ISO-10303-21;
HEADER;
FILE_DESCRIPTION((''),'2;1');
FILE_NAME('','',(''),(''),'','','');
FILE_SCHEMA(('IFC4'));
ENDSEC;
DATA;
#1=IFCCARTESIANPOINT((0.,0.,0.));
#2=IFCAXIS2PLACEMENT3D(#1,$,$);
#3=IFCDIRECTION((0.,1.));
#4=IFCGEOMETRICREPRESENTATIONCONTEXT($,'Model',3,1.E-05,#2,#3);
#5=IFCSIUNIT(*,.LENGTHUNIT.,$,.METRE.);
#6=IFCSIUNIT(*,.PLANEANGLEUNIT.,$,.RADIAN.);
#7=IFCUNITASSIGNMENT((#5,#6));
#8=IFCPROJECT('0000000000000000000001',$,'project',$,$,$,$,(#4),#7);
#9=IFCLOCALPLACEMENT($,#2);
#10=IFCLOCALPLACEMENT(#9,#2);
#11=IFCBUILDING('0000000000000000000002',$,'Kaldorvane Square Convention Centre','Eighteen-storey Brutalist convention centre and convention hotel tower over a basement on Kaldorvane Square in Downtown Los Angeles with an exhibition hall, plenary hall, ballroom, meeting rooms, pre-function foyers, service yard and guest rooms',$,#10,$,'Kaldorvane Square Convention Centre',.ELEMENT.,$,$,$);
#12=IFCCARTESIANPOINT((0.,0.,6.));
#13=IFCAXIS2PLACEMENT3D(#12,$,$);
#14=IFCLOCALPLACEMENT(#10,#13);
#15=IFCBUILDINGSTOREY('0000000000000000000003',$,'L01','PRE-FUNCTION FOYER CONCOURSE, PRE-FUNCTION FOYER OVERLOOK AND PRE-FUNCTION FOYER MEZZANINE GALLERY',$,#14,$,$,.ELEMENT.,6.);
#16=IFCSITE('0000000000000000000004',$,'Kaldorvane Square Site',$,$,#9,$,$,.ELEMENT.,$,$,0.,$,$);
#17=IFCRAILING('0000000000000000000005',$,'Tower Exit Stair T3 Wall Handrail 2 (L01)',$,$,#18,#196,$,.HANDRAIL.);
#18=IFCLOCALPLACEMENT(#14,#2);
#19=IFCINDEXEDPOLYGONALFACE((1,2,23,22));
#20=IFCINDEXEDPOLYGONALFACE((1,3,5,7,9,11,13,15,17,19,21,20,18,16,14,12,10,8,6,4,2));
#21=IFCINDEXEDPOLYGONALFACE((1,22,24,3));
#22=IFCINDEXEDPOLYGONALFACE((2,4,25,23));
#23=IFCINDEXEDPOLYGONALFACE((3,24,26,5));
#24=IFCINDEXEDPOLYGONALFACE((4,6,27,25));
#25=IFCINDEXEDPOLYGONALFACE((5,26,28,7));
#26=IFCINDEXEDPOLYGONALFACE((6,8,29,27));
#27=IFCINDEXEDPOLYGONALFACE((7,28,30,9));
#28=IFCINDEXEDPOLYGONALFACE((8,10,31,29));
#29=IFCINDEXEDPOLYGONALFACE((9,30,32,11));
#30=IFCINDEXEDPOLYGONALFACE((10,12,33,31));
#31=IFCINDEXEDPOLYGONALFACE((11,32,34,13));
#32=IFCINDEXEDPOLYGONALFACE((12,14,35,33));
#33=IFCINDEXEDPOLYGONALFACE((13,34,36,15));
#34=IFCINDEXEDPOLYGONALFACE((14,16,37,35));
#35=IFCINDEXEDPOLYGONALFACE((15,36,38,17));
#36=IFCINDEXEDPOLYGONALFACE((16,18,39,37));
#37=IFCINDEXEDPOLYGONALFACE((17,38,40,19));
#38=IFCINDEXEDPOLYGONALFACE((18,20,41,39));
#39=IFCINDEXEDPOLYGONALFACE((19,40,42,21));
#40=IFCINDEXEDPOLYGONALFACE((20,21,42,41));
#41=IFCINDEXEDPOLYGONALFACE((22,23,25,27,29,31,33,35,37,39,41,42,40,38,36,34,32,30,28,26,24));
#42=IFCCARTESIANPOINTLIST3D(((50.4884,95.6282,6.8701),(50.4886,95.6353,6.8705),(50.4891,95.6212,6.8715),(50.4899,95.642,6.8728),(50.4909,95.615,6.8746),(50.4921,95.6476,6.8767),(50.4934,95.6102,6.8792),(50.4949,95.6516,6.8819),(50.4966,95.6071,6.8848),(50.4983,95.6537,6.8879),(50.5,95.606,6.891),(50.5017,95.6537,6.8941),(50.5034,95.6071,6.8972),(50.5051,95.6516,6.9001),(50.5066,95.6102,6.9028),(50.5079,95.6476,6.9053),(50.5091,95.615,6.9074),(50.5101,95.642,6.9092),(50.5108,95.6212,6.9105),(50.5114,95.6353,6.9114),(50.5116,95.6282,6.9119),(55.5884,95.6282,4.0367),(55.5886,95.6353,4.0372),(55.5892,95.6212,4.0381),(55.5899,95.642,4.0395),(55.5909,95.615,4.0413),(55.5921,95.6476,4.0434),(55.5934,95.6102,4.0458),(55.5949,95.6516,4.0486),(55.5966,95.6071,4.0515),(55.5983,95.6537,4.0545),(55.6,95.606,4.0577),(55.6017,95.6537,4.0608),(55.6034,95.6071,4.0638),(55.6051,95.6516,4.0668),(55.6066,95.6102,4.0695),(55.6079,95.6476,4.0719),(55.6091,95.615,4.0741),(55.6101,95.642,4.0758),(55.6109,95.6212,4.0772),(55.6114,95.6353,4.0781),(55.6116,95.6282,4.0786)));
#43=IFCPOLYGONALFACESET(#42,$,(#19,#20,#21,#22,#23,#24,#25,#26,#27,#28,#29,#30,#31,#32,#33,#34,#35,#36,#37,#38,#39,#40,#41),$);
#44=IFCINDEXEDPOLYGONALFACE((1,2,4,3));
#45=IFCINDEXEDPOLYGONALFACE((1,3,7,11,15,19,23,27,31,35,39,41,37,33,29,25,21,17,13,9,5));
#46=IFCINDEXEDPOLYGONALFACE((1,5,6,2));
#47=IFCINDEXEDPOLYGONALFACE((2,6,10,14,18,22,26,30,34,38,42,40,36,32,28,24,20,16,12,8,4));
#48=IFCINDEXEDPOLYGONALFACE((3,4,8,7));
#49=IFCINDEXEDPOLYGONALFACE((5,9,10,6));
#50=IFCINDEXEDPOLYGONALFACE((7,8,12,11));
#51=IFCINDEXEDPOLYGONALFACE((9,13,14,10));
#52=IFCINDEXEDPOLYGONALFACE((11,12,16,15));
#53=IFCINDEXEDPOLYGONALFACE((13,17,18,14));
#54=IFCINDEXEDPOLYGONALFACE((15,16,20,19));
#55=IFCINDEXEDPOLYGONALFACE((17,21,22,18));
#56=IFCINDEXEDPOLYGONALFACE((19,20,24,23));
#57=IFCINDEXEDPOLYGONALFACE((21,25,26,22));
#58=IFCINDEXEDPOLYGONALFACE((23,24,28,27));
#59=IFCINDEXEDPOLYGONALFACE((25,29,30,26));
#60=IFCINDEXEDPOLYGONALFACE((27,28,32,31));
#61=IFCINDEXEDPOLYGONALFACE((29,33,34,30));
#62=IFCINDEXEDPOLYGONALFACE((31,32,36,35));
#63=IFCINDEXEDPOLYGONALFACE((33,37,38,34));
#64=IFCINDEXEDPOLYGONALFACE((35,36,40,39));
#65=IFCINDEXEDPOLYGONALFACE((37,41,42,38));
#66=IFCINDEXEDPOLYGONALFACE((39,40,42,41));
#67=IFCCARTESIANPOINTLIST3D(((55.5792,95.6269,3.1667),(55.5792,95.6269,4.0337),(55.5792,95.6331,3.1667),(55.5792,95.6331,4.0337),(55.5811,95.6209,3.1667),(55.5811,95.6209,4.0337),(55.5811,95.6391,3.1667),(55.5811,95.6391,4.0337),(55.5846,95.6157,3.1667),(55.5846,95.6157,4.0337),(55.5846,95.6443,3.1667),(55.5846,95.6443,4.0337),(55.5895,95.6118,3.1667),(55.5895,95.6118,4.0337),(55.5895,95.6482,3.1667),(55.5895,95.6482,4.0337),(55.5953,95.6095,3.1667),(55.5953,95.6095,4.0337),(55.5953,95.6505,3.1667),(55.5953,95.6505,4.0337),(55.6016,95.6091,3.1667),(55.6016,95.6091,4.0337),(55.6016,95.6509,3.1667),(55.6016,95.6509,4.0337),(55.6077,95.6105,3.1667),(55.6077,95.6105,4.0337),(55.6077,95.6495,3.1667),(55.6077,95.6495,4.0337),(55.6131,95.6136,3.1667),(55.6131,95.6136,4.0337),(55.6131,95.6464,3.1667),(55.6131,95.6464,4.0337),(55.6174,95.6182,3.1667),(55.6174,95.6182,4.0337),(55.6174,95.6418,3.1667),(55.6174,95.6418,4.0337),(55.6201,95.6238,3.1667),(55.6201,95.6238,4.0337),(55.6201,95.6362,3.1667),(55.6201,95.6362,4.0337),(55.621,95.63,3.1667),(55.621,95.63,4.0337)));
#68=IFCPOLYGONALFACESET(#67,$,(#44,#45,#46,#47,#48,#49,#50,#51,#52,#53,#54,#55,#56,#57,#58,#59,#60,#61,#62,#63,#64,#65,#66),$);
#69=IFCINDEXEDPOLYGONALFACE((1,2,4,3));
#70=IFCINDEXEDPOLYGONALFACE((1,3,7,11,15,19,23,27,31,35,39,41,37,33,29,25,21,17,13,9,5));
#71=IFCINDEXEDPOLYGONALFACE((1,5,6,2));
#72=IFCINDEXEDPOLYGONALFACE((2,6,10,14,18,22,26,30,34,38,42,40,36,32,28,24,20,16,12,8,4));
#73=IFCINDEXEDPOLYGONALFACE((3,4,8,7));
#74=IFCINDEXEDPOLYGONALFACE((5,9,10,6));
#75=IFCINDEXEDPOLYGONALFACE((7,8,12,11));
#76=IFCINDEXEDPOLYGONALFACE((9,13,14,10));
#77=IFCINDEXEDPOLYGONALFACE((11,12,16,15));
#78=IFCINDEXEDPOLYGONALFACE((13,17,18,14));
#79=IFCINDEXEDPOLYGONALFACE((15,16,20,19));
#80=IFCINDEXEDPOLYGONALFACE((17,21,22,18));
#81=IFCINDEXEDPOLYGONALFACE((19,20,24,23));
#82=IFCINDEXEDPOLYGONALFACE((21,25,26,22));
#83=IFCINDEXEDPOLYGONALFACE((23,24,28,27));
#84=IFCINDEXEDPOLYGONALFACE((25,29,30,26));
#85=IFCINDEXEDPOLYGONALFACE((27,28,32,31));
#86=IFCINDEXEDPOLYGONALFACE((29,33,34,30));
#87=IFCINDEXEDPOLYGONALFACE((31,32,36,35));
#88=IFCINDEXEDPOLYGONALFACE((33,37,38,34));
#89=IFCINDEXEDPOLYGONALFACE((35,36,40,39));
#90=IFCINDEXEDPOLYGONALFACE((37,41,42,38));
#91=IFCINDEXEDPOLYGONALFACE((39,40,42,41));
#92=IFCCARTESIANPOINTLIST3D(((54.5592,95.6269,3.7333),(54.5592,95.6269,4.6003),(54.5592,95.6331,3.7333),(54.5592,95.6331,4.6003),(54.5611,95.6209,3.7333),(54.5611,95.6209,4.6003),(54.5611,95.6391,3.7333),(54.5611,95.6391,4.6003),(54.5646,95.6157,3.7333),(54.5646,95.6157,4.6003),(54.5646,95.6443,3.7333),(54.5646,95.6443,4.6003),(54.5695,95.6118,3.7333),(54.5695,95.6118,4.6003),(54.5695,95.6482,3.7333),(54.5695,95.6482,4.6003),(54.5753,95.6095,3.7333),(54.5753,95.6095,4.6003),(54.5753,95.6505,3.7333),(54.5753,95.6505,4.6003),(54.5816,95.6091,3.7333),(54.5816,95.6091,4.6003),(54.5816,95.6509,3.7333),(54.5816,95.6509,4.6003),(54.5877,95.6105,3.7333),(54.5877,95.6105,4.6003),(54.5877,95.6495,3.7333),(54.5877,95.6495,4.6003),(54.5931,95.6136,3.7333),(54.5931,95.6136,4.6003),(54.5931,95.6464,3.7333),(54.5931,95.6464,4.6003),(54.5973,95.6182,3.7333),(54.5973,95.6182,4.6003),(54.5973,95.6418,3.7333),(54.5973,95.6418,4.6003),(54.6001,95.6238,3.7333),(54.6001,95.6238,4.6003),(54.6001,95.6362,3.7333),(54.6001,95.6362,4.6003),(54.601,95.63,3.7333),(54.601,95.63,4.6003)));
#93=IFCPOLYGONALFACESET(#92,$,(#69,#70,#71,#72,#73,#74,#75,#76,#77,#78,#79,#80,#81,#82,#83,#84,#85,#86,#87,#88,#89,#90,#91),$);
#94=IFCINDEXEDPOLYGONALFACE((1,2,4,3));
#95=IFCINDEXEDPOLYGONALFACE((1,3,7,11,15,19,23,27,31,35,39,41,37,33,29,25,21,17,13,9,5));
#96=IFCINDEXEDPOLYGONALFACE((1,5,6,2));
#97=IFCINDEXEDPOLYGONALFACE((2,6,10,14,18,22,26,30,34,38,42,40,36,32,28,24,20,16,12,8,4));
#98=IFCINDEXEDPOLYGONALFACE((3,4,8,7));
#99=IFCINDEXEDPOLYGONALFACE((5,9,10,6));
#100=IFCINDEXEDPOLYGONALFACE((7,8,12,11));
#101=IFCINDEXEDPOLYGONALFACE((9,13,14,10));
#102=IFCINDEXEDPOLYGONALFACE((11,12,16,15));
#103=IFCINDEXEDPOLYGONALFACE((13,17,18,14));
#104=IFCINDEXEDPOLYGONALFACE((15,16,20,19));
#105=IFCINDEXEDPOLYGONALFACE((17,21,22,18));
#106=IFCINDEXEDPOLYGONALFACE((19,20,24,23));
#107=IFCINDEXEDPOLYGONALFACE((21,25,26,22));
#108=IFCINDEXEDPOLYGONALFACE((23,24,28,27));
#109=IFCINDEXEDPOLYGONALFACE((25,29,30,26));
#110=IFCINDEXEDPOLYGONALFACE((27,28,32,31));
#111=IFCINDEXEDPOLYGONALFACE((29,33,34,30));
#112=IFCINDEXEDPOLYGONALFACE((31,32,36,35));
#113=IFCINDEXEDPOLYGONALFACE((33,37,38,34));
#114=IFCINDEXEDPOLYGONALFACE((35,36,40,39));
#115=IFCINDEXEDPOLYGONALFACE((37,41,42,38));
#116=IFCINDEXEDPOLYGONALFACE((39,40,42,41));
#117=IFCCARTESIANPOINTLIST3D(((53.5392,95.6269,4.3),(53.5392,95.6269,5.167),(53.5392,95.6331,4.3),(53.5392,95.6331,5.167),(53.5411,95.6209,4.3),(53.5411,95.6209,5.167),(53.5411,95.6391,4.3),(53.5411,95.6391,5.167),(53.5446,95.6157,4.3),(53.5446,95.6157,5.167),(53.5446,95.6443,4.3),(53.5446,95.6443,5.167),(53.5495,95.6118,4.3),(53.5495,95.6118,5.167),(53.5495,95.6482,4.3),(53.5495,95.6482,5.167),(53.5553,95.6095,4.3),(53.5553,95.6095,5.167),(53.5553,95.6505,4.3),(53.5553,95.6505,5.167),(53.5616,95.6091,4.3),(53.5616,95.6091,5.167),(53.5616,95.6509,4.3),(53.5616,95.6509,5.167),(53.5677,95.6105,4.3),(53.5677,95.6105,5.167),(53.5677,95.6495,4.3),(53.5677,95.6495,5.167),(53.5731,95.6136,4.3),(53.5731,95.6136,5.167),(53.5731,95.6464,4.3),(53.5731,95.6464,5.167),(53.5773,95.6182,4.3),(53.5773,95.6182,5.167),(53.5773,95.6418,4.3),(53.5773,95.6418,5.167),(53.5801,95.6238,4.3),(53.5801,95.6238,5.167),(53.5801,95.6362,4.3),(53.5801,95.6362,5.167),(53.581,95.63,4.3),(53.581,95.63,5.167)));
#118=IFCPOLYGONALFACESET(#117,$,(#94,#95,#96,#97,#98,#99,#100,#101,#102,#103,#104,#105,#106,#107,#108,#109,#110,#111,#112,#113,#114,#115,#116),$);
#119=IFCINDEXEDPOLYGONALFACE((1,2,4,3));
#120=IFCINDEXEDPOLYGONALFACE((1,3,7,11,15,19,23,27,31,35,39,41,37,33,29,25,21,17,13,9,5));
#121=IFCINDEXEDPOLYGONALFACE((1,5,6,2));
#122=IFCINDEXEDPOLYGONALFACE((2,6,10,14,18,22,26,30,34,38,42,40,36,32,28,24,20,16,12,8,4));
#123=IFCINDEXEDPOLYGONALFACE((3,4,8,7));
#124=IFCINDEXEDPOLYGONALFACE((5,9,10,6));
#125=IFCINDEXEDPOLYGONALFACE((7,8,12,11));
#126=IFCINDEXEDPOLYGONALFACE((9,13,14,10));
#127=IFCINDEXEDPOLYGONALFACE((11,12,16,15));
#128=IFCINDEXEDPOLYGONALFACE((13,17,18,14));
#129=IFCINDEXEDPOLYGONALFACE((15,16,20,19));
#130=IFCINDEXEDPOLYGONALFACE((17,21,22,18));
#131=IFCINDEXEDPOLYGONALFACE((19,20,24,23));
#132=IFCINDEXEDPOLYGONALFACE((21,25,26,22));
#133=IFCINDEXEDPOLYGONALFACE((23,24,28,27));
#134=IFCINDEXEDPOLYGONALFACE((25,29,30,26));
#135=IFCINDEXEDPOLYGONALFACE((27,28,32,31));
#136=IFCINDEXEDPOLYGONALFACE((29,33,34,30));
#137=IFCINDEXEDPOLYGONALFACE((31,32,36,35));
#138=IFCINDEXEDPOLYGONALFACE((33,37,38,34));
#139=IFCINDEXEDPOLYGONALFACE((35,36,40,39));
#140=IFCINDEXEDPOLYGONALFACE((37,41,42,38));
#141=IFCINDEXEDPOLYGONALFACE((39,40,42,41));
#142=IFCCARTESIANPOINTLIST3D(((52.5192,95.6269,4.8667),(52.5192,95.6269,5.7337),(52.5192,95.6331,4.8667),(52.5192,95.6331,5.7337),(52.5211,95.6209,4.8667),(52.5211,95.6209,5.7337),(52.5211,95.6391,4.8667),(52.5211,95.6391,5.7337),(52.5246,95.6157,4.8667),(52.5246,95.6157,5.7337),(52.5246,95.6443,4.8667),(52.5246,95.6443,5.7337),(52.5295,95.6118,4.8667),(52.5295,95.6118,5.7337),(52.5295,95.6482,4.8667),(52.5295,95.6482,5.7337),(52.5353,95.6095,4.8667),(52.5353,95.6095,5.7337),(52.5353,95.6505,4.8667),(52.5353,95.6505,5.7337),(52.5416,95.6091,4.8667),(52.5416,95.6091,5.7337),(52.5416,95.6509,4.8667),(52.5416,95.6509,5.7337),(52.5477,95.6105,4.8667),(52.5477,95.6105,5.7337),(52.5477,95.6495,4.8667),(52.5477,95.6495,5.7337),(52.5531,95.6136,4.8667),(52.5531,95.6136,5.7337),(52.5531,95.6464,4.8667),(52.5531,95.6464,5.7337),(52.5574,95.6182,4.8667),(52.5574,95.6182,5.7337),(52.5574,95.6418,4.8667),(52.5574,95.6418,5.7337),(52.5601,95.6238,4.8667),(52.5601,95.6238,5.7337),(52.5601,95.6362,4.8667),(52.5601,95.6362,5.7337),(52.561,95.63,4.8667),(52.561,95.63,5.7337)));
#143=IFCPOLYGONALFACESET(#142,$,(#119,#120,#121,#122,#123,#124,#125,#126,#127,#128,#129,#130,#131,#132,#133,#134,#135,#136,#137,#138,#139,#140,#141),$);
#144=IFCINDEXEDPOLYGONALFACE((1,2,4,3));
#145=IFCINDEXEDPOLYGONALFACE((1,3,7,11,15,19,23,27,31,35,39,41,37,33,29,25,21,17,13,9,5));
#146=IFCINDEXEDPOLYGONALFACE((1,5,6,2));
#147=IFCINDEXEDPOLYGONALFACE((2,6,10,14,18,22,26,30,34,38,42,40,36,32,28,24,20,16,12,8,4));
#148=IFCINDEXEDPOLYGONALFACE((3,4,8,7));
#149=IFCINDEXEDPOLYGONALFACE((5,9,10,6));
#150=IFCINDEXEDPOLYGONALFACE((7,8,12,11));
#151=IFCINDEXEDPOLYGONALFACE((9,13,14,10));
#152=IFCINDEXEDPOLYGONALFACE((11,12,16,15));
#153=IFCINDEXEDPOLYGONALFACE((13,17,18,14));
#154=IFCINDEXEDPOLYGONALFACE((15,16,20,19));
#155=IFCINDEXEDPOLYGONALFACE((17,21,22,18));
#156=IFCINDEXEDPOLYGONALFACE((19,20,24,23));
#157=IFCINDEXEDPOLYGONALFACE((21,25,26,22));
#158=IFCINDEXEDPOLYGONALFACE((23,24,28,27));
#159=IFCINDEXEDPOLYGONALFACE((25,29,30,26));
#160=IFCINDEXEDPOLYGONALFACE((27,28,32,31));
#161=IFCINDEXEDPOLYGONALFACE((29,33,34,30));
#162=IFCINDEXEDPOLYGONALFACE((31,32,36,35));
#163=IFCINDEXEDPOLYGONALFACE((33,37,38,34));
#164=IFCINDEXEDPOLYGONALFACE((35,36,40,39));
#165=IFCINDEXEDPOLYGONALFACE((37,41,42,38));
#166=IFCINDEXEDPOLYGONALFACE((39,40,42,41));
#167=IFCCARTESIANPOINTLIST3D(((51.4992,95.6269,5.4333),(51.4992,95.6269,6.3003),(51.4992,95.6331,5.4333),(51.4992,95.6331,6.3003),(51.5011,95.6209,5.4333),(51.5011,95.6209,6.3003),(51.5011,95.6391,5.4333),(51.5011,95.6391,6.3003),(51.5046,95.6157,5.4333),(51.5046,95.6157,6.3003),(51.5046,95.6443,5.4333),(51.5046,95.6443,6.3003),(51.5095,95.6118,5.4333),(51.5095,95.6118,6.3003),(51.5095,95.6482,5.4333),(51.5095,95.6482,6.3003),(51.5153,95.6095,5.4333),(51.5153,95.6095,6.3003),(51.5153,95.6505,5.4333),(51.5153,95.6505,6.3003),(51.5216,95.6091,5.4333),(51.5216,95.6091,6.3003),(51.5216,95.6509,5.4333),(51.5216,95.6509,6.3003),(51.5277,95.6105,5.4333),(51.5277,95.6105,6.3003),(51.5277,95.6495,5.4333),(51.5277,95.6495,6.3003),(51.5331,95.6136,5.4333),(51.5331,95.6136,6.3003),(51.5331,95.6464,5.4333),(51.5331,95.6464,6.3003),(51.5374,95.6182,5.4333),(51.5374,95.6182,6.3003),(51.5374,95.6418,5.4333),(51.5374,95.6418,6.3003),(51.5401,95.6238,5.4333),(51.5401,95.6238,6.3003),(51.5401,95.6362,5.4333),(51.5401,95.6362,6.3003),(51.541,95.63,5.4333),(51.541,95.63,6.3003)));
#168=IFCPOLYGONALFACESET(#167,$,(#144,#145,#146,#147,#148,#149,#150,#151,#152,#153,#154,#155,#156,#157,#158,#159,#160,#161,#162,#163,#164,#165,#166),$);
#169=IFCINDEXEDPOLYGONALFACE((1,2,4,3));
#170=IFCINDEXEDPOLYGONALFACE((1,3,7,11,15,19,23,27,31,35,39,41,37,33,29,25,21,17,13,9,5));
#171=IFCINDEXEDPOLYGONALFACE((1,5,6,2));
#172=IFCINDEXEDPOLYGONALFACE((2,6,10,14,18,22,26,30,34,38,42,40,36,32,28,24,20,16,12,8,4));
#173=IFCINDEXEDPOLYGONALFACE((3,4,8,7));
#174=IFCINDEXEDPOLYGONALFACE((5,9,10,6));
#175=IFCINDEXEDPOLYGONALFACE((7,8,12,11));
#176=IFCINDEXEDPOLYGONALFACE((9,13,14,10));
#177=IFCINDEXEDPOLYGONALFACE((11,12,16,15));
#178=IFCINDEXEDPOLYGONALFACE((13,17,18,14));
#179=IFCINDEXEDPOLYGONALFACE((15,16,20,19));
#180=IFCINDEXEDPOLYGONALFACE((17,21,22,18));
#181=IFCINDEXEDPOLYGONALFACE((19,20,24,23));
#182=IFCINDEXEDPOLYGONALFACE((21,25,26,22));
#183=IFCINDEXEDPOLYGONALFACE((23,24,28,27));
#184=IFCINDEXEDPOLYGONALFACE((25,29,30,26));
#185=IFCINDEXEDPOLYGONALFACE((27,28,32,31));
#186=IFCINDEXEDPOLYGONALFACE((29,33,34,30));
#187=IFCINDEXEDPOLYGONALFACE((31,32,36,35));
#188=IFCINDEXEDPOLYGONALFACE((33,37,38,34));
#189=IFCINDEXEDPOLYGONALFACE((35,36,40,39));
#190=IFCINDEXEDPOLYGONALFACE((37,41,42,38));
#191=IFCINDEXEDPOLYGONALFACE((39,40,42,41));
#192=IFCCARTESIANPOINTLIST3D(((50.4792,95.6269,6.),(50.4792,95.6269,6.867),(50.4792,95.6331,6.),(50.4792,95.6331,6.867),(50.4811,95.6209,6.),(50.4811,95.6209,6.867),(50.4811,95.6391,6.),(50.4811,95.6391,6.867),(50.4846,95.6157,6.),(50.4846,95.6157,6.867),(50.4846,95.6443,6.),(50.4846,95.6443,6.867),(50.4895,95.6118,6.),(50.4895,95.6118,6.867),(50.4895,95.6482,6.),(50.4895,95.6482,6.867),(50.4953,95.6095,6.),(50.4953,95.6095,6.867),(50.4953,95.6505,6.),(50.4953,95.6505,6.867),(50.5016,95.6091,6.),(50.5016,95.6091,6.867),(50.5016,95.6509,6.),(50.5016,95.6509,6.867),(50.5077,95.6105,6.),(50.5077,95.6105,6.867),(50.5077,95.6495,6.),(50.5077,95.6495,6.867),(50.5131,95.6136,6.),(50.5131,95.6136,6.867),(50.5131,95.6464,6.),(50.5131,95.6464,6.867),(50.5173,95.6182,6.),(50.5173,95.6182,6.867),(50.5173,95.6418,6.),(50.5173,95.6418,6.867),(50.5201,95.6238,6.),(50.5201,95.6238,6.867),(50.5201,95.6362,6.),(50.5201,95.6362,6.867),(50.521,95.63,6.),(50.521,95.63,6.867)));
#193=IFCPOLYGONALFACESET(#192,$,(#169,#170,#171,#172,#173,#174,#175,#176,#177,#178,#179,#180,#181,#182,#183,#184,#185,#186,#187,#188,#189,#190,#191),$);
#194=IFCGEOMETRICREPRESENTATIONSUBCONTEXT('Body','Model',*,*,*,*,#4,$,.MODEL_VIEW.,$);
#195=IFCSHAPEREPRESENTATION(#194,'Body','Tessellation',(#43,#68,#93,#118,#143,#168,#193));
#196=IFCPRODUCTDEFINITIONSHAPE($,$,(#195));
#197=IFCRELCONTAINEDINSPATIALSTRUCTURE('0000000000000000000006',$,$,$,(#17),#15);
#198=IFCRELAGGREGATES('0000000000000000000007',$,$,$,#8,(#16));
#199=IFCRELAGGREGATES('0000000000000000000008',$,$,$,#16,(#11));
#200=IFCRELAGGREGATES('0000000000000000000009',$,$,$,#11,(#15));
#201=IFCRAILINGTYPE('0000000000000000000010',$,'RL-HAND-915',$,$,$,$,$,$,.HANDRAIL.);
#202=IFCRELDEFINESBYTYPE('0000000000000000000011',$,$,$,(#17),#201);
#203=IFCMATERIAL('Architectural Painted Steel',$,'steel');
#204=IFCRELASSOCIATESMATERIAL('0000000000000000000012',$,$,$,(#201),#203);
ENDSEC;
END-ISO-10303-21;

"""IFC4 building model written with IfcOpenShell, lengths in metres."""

from ifc_helpers import new_model, si_unit, direction, frame, origin, origin_2d, place, context, subcontext, project, spatial, circle, extrude, material, type_object, element, save


model = new_model("IFC4")

# Units and contexts
model_context = context("Model", 3, precision=1e-05, world=origin(), true_north=direction((0.0, 1.0)))
body_context = subcontext(model_context, "Body", "Model", "MODEL_VIEW")
ifc_project = project(units=[si_unit("LENGTHUNIT", "METRE"), si_unit("PLANEANGLEUNIT", "RADIAN")], contexts=[model_context])

# Site, building, storey
site_placement = place(None, origin())
site = spatial("IfcSite", under=ifc_project, at=site_placement, Name="Kaldorvane Square Site", CompositionType="ELEMENT", RefElevation=0.0)
building_placement = place(site_placement, origin())
building = spatial("IfcBuilding", under=site, at=building_placement, Name="Kaldorvane Square Convention Centre", Description="Eighteen-storey Brutalist convention centre and convention hotel tower over a basement on Kaldorvane Square in Downtown Los Angeles with an exhibition hall, plenary hall, ballroom, meeting rooms, pre-function foyers, service yard and guest rooms", LongName="Kaldorvane Square Convention Centre", CompositionType="ELEMENT")
storey_placement = place(building_placement, frame((0.0, 0.0, 6.0)))
storey = spatial("IfcBuildingStorey", under=building, at=storey_placement, Name="L01", Description="PRE-FUNCTION FOYER CONCOURSE, PRE-FUNCTION FOYER OVERLOOK AND PRE-FUNCTION FOYER MEZZANINE GALLERY", CompositionType="ELEMENT", Elevation=6.0)

# Railing
ifc_material_1 = material(Name="Architectural Painted Steel", Category="steel")
railing_type_1 = type_object("IfcRailingType", Name="RL-HAND-915", PredefinedType="HANDRAIL", material=ifc_material_1)
railing_1_placement = place(storey_placement, frame((55.6, 95.63, 3.1667)))
element("IfcRailing", 1, at=railing_1_placement, inside=storey, type_object=railing_type_1, Name="Tower Exit Stair T3 Wall Handrail 2 (L01)", PredefinedType="HANDRAIL", context=body_context, shape_type="SweptSolid", body=[
    extrude(circle(Radius=0.024, at=origin_2d()), frame((0.0, 0.0, 0.891), z_axis=(-0.874158, 0.0, 0.485642), x_axis=(0.0, -1.0, 0.0)), (0.0, 0.0, 1.0), 5.8342),
    extrude(circle(Radius=0.021, at=origin_2d()), origin(), (0.0, 0.0, 1.0), 0.867),
    extrude(circle(Radius=0.021, at=origin_2d()), frame((-1.02, 0.0, 0.5667)), (0.0, 0.0, 1.0), 0.867),
    extrude(circle(Radius=0.021, at=origin_2d()), frame((-2.04, 0.0, 1.1333)), (0.0, 0.0, 1.0), 0.867),
    extrude(circle(Radius=0.021, at=origin_2d()), frame((-3.06, 0.0, 1.7)), (0.0, 0.0, 1.0), 0.867),
    extrude(circle(Radius=0.021, at=origin_2d()), frame((-4.08, 0.0, 2.2667)), (0.0, 0.0, 1.0), 0.867),
    extrude(circle(Radius=0.021, at=origin_2d()), frame((-5.1, 0.0, 2.8333)), (0.0, 0.0, 1.0), 0.867),
])

save(model, "model.ifc")
